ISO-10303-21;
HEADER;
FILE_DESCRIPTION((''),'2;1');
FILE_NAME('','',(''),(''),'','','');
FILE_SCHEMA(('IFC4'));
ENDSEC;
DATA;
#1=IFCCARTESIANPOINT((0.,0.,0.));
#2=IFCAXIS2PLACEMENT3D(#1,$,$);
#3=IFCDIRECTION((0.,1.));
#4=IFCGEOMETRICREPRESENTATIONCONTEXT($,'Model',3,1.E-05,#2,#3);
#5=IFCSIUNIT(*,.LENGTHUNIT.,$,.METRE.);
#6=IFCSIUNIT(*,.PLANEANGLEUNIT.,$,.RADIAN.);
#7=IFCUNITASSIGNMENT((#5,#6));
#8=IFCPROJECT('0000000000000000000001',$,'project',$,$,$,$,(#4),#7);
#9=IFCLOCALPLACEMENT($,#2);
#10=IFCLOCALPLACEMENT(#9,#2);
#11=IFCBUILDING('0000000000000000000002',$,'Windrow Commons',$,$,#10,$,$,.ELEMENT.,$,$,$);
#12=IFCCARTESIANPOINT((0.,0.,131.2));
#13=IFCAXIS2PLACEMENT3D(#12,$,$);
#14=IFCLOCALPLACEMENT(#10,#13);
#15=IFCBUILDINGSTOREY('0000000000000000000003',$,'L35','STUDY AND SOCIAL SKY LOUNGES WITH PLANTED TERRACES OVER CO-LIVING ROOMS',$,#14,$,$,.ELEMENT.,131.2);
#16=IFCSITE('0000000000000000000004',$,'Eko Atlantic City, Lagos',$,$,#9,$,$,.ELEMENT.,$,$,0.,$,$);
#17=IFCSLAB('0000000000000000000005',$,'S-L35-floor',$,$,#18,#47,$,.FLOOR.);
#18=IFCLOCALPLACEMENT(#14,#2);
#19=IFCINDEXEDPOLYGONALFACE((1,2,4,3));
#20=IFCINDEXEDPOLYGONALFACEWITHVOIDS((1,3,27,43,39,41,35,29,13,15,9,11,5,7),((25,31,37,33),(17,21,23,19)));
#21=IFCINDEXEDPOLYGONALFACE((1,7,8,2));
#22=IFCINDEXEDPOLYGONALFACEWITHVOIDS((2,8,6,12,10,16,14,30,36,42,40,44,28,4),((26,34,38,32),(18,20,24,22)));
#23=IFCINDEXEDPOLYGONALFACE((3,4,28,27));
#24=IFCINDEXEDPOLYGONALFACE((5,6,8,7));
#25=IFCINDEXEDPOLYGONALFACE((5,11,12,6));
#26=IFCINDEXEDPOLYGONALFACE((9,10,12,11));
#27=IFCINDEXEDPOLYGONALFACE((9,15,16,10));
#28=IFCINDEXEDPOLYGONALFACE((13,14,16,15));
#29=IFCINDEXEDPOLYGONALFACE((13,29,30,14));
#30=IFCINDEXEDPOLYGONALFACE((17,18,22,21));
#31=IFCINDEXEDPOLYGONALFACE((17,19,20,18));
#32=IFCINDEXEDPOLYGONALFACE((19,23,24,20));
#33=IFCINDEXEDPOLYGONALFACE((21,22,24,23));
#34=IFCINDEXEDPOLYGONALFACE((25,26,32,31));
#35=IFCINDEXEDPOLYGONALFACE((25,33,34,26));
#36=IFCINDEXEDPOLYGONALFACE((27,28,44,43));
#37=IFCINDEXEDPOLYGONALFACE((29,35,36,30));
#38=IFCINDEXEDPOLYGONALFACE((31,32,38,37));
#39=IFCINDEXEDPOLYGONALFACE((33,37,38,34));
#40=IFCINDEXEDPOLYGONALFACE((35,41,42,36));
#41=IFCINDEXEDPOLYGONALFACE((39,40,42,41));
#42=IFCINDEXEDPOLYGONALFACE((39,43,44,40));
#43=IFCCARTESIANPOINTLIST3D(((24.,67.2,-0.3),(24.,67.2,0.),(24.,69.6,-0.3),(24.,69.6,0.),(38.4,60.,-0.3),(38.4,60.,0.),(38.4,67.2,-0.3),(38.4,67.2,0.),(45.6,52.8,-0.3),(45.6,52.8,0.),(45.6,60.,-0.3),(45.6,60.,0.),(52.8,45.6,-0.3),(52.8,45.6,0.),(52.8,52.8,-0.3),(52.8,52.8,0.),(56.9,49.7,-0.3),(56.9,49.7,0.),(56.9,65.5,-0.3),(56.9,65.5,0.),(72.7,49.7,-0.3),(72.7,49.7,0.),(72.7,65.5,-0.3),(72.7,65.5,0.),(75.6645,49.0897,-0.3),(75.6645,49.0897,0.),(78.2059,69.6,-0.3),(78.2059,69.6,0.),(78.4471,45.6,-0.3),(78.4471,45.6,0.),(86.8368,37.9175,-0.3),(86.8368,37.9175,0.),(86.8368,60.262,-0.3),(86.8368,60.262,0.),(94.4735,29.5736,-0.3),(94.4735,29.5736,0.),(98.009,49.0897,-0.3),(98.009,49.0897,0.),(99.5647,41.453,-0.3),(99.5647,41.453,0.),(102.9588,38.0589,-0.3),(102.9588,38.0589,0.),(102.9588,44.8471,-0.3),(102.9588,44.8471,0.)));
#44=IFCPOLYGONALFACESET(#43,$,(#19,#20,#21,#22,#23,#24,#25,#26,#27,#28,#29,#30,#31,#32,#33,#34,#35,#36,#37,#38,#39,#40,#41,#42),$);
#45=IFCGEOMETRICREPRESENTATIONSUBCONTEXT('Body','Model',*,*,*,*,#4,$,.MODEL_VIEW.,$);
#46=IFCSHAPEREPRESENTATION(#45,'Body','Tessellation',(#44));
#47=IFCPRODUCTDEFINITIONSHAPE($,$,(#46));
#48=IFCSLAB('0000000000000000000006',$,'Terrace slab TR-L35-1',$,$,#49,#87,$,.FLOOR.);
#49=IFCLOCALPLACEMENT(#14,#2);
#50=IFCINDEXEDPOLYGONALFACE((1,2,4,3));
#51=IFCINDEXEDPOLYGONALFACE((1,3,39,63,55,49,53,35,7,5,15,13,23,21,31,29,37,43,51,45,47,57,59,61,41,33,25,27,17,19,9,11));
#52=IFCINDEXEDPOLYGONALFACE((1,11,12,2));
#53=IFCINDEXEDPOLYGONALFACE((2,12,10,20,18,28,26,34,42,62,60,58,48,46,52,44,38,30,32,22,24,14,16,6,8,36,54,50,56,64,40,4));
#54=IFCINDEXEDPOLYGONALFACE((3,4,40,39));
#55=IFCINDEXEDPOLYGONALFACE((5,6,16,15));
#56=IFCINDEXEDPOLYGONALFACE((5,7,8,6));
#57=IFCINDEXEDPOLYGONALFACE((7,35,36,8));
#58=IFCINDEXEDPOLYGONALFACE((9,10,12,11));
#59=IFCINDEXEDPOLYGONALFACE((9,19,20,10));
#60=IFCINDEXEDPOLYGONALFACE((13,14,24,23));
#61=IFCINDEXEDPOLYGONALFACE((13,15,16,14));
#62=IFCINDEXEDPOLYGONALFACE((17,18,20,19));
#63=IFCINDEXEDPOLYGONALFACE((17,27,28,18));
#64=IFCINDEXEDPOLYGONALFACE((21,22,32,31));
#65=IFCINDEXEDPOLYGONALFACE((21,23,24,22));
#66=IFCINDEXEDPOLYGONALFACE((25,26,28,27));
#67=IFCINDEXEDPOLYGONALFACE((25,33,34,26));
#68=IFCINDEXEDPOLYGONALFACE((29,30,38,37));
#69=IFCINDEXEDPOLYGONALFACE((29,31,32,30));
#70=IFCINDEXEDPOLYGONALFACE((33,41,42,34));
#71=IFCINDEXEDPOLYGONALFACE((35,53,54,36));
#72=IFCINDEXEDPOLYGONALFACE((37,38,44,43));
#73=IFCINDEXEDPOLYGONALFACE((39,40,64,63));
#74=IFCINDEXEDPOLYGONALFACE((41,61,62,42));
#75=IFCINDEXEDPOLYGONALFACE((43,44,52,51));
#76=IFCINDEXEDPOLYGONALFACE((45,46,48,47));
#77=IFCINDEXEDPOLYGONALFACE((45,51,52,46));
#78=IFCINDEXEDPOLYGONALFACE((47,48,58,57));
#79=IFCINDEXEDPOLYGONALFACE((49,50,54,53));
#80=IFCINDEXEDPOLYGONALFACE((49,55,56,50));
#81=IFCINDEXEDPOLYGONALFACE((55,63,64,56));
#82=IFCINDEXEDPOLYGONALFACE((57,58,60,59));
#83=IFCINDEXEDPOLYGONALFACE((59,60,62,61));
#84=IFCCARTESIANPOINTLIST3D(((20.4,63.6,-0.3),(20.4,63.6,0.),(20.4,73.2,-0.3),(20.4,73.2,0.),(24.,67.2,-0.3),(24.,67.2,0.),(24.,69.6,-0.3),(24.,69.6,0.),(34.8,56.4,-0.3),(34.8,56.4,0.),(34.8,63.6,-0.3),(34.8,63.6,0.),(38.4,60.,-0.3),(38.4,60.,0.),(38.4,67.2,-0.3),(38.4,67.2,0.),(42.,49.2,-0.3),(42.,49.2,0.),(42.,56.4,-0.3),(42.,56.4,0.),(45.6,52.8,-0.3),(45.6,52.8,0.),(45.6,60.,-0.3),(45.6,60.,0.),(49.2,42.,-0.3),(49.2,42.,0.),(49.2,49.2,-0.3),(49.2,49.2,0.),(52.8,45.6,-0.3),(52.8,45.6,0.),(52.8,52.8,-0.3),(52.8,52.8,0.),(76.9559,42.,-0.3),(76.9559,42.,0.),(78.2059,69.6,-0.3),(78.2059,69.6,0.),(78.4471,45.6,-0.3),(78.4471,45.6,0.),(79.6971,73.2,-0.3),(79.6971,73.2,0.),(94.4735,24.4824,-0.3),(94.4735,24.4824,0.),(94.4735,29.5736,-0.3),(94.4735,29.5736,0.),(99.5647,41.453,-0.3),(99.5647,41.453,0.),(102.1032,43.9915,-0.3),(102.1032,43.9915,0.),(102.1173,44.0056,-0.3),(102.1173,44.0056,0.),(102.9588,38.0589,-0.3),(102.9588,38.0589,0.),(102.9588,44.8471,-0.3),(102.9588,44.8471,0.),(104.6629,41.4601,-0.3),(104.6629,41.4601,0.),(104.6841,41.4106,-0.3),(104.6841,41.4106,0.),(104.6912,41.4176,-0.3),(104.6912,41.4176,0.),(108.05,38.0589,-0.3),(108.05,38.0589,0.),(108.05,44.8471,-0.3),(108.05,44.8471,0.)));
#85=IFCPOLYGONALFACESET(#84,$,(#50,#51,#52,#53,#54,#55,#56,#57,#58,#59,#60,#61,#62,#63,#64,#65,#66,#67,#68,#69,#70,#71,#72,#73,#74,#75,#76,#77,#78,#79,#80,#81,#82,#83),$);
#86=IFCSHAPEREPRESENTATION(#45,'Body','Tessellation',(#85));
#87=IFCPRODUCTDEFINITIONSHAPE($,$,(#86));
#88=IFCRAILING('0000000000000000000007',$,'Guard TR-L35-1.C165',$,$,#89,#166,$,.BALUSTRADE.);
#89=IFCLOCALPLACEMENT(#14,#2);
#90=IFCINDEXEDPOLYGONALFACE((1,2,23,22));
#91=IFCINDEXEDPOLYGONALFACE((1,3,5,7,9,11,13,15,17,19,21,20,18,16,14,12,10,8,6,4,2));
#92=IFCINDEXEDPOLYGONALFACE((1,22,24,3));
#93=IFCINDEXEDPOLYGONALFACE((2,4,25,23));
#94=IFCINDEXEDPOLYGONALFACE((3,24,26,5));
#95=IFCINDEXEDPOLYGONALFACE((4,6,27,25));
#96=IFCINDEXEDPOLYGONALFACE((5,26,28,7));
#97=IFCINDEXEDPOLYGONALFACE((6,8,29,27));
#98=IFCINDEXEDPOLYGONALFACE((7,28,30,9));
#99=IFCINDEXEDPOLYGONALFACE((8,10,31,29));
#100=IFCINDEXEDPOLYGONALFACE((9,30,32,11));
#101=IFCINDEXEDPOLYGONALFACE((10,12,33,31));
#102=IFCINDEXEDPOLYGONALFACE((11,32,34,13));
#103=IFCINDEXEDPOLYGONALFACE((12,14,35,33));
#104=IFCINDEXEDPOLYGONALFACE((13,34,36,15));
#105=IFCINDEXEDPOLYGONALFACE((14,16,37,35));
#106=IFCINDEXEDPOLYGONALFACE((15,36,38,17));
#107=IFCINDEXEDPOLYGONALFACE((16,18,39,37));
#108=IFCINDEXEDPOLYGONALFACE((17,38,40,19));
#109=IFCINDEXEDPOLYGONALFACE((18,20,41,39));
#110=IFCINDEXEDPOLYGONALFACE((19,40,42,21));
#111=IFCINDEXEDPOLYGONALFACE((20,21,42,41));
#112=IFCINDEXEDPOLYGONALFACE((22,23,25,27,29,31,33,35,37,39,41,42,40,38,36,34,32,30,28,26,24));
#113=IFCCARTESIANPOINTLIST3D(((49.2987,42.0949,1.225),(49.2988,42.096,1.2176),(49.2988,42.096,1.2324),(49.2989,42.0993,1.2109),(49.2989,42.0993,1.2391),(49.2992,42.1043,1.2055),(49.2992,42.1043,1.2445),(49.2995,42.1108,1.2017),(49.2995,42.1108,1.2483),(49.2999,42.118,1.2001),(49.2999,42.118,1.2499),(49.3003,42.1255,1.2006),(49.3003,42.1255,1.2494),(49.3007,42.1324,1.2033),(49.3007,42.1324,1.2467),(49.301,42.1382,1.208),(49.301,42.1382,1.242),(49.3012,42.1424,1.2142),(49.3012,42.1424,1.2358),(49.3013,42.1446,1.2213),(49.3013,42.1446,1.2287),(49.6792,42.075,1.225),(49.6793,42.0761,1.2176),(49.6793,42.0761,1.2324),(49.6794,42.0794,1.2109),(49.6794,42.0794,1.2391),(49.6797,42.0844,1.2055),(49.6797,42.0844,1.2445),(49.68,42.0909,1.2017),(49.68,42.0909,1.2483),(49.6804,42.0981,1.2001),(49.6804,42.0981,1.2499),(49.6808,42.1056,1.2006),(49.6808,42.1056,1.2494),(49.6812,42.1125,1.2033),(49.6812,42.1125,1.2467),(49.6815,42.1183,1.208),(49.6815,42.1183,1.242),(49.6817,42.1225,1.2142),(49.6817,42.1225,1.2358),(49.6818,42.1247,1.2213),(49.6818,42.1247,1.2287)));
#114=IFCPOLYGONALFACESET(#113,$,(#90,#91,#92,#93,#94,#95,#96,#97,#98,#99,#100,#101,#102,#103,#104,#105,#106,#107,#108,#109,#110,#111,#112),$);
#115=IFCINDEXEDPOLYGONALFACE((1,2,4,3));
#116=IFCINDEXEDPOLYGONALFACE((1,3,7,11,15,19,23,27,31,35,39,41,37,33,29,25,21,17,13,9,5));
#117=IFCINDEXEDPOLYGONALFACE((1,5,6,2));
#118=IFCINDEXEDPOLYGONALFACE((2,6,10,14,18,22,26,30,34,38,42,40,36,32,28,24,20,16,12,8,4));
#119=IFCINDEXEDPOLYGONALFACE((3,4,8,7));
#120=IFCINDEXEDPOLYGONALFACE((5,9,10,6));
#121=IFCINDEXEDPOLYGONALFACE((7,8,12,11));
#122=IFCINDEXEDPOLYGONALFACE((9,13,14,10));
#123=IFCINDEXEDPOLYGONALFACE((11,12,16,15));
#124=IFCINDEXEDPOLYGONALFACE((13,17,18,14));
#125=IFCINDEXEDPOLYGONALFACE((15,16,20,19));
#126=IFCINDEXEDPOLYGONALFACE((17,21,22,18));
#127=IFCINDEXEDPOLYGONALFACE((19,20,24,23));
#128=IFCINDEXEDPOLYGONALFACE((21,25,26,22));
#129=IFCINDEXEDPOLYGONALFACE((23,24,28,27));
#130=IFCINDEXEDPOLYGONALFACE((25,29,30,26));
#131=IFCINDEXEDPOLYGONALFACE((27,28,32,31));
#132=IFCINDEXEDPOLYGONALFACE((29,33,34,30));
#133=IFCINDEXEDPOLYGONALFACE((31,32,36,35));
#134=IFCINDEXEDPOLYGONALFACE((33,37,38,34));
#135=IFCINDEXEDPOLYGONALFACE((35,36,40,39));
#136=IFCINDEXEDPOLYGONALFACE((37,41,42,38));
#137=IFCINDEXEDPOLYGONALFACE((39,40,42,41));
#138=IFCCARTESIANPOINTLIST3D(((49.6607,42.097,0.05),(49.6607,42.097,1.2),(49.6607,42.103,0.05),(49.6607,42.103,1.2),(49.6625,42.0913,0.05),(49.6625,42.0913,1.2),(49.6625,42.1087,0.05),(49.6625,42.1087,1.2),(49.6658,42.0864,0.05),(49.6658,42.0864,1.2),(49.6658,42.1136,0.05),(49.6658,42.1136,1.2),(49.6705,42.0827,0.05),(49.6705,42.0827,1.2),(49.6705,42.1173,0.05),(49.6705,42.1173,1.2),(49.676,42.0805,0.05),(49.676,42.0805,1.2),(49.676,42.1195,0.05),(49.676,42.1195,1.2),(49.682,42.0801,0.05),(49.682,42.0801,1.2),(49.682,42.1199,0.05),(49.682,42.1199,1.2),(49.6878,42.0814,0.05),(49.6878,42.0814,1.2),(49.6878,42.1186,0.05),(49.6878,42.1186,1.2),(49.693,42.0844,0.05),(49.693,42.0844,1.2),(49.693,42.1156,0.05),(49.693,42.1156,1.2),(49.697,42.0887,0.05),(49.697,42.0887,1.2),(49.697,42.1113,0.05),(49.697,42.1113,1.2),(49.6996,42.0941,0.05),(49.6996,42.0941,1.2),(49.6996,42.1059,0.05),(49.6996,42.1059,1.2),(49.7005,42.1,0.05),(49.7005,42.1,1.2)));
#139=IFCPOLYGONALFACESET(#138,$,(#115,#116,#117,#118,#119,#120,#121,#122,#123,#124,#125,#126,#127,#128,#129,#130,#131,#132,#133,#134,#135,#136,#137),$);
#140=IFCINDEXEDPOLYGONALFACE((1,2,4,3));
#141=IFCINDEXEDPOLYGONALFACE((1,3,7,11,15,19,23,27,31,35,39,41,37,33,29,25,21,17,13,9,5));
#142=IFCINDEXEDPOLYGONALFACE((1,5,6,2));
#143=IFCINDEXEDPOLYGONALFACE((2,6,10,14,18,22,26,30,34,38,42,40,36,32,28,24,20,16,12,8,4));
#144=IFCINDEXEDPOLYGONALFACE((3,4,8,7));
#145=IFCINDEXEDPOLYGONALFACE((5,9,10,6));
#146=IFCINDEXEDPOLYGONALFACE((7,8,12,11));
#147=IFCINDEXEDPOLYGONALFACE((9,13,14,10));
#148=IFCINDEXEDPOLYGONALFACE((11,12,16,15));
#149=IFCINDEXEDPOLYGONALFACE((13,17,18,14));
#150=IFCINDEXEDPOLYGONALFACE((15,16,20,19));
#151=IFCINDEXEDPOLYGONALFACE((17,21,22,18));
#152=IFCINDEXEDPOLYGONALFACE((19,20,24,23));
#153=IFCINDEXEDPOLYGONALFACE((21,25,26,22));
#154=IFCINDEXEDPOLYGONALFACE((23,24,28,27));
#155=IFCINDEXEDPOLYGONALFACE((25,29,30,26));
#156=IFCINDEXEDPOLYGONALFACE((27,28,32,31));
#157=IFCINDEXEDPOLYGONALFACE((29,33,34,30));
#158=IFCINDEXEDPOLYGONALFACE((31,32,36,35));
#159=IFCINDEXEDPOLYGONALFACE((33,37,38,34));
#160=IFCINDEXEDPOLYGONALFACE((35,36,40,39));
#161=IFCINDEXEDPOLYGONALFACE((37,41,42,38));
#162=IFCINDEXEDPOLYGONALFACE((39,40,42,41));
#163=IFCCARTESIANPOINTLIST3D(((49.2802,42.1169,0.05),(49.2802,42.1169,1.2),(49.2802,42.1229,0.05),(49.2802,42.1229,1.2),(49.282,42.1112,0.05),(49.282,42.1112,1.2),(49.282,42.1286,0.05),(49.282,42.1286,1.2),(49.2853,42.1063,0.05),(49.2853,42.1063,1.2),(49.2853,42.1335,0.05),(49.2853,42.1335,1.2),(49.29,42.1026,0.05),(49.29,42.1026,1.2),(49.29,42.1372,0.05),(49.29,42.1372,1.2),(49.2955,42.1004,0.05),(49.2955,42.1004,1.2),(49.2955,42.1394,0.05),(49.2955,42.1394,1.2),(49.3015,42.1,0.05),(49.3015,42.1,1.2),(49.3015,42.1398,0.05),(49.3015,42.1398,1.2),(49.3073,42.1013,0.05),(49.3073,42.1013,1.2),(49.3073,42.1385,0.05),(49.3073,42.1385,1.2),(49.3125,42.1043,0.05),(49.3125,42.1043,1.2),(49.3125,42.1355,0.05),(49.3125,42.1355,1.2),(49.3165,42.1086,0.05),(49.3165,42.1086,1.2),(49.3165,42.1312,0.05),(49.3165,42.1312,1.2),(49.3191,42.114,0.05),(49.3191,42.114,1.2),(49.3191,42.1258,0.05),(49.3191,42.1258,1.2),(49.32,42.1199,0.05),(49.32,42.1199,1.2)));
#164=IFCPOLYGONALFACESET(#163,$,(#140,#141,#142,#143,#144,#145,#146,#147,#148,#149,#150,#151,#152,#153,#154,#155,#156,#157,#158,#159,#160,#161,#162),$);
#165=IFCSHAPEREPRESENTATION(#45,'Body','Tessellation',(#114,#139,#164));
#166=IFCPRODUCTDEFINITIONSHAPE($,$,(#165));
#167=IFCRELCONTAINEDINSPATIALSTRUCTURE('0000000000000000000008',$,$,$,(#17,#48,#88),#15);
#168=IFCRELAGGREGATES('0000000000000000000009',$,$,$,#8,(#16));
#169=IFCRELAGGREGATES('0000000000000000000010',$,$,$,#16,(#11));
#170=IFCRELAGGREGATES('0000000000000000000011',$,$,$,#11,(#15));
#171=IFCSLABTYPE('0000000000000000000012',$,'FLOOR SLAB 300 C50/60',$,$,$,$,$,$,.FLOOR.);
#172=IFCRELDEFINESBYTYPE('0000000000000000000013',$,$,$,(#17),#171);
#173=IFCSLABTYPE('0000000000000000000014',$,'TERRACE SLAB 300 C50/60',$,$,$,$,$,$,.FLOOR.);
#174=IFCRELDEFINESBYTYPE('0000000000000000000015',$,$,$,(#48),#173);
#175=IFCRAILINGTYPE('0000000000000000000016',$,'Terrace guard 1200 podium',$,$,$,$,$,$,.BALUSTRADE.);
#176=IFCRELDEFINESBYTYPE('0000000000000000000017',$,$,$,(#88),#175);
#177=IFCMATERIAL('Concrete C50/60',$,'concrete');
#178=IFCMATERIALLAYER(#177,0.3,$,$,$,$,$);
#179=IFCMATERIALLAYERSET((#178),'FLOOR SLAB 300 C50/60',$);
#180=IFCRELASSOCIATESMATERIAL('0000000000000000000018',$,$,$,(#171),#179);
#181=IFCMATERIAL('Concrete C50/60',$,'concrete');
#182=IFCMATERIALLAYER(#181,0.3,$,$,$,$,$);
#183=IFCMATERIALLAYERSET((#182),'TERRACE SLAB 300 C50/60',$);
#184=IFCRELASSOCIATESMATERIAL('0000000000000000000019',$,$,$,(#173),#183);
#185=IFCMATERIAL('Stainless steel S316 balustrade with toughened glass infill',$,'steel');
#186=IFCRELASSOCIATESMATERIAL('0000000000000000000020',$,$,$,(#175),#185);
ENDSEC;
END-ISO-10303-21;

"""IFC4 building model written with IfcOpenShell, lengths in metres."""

from ifc_helpers import new_model, si_unit, direction, frame, origin, origin_2d, place, context, subcontext, project, spatial, polyline, circle, outline, extrude, material, layer, layer_set, type_object, element, save


model = new_model("IFC4")

# Units and contexts
model_context = context("Model", 3, precision=1e-05, world=origin(), true_north=direction((0.0, 1.0)))
body_context = subcontext(model_context, "Body", "Model", "MODEL_VIEW")
ifc_project = project(units=[si_unit("LENGTHUNIT", "METRE"), si_unit("PLANEANGLEUNIT", "RADIAN")], contexts=[model_context])

# Site, building, storey
site_placement = place(None, origin())
site = spatial("IfcSite", under=ifc_project, at=site_placement, Name="Eko Atlantic City, Lagos", CompositionType="ELEMENT", RefElevation=0.0)
building_placement = place(site_placement, origin())
building = spatial("IfcBuilding", under=site, at=building_placement, Name="Windrow Commons", CompositionType="ELEMENT")
storey_placement = place(building_placement, frame((0.0, 0.0, 131.2)))
storey = spatial("IfcBuildingStorey", under=building, at=storey_placement, Name="L35", Description="STUDY AND SOCIAL SKY LOUNGES WITH PLANTED TERRACES OVER CO-LIVING ROOMS", CompositionType="ELEMENT", Elevation=131.2)

# Shared definitions
placement_1 = place(storey_placement, frame((0.0, 0.0, -0.3)))

# Slab, openings
ifc_material_1 = material(Name="Concrete C50/60", Category="concrete")
ifc_layer_1 = layer(ifc_material_1, 0.3)
ifc_layer_set_1 = layer_set([ifc_layer_1], Name="FLOOR SLAB 300 C50/60")
slab_type_1 = type_object("IfcSlabType", Name="FLOOR SLAB 300 C50/60", PredefinedType="FLOOR", material=ifc_layer_set_1)
slab_1 = element("IfcSlab", 1, at=placement_1, inside=storey, type_object=slab_type_1, Name="S-L35-floor", PredefinedType="FLOOR", context=body_context, shape_type="SweptSolid", body=[
    extrude(outline(polyline([(94.4735, 29.5736), (102.9588, 38.0589), (99.5647, 41.453), (102.9588, 44.8471), (78.2059, 69.6), (24.0, 69.6), (24.0, 67.2), (38.4, 67.2), (38.4, 60.0), (45.6, 60.0), (45.6, 52.8), (52.8, 52.8), (52.8, 45.6), (78.4471, 45.6), (94.4735, 29.5736)]), holes=[polyline([(75.6645, 49.0897), (86.8368, 60.262), (98.009, 49.0897), (86.8368, 37.9175), (75.6645, 49.0897)]), polyline([(56.9, 49.7), (56.9, 65.5), (72.7, 65.5), (72.7, 49.7), (56.9, 49.7)])]), origin(), (0.0, 0.0, 1.0), 0.3),
])
opening_1_placement = place(placement_1, origin())
element("IfcOpeningElement", 2, at=opening_1_placement, cuts=slab_1, PredefinedType="OPENING", context=body_context, shape_type="SweptSolid", body=[
    extrude(outline(polyline([(75.6716, 49.0897), (86.8368, 60.2549), (98.0019, 49.0897), (86.8368, 37.9246), (75.6716, 49.0897)])), origin(), (0.0, 0.0, 1.0), 0.3),
])
opening_2_placement = place(placement_1, origin())
element("IfcOpeningElement", 3, at=opening_2_placement, cuts=slab_1, PredefinedType="OPENING", context=body_context, shape_type="SweptSolid", body=[
    extrude(outline(polyline([(56.905, 49.705), (56.905, 65.495), (72.695, 65.495), (72.695, 49.705), (56.905, 49.705)])), origin(), (0.0, 0.0, 1.0), 0.3),
])

# Slab
ifc_material_2 = material(Name="Concrete C50/60", Category="concrete")
ifc_layer_2 = layer(ifc_material_2, 0.3)
ifc_layer_set_2 = layer_set([ifc_layer_2], Name="TERRACE SLAB 300 C50/60")
slab_type_2 = type_object("IfcSlabType", Name="TERRACE SLAB 300 C50/60", PredefinedType="FLOOR", material=ifc_layer_set_2)
element("IfcSlab", 4, at=placement_1, inside=storey, type_object=slab_type_2, Name="Terrace slab TR-L35-1", PredefinedType="FLOOR", context=body_context, shape_type="SweptSolid", body=[
    extrude(outline(polyline([(49.2, 49.2), (49.2, 42.0), (76.9559, 42.0), (94.4735, 24.4824), (108.05, 38.0589), (104.6912, 41.4176), (104.6841, 41.4106), (102.1032, 43.9915), (99.5647, 41.453), (102.9588, 38.0589), (94.4735, 29.5736), (78.4471, 45.6), (52.8, 45.6), (52.8, 52.8), (45.6, 52.8), (45.6, 60.0), (38.4, 60.0), (38.4, 67.2), (24.0, 67.2), (24.0, 69.6), (78.2059, 69.6), (102.9588, 44.8471), (102.1173, 44.0056), (104.6629, 41.4601), (108.05, 44.8471), (79.6971, 73.2), (20.4, 73.2), (20.4, 63.6), (34.8, 63.6), (34.8, 56.4), (42.0, 56.4), (42.0, 49.2), (49.2, 49.2)])), origin(), (0.0, 0.0, 1.0), 0.3),
])

# Railing
ifc_material_3 = material(Name="Stainless steel S316 balustrade with toughened glass infill", Category="steel")
railing_type = type_object("IfcRailingType", Name="Terrace guard 1200 podium", PredefinedType="BALUSTRADE", material=ifc_material_3)
railing_1_placement = place(storey_placement, frame((49.6805, 42.1, 0.05)))
element("IfcRailing", 5, at=railing_1_placement, inside=storey, type_object=railing_type, Name="Guard TR-L35-1.C165", PredefinedType="BALUSTRADE", context=body_context, shape_type="SweptSolid", body=[
    extrude(circle(Radius=0.025, at=origin_2d()), frame((0.0, 0.0, 1.175), z_axis=(-0.998635, 0.052228, 0.0), x_axis=(-0.052228, -0.998635, 0.0)), (0.0, 0.0, 1.0), 0.381),
    extrude(circle(Radius=0.02, at=origin_2d()), origin(), (0.0, 0.0, 1.0), 1.15),
    extrude(circle(Radius=0.02, at=origin_2d()), frame((-0.3805, 0.0199, 0.0)), (0.0, 0.0, 1.0), 1.15),
])

save(model, "model.ifc")
